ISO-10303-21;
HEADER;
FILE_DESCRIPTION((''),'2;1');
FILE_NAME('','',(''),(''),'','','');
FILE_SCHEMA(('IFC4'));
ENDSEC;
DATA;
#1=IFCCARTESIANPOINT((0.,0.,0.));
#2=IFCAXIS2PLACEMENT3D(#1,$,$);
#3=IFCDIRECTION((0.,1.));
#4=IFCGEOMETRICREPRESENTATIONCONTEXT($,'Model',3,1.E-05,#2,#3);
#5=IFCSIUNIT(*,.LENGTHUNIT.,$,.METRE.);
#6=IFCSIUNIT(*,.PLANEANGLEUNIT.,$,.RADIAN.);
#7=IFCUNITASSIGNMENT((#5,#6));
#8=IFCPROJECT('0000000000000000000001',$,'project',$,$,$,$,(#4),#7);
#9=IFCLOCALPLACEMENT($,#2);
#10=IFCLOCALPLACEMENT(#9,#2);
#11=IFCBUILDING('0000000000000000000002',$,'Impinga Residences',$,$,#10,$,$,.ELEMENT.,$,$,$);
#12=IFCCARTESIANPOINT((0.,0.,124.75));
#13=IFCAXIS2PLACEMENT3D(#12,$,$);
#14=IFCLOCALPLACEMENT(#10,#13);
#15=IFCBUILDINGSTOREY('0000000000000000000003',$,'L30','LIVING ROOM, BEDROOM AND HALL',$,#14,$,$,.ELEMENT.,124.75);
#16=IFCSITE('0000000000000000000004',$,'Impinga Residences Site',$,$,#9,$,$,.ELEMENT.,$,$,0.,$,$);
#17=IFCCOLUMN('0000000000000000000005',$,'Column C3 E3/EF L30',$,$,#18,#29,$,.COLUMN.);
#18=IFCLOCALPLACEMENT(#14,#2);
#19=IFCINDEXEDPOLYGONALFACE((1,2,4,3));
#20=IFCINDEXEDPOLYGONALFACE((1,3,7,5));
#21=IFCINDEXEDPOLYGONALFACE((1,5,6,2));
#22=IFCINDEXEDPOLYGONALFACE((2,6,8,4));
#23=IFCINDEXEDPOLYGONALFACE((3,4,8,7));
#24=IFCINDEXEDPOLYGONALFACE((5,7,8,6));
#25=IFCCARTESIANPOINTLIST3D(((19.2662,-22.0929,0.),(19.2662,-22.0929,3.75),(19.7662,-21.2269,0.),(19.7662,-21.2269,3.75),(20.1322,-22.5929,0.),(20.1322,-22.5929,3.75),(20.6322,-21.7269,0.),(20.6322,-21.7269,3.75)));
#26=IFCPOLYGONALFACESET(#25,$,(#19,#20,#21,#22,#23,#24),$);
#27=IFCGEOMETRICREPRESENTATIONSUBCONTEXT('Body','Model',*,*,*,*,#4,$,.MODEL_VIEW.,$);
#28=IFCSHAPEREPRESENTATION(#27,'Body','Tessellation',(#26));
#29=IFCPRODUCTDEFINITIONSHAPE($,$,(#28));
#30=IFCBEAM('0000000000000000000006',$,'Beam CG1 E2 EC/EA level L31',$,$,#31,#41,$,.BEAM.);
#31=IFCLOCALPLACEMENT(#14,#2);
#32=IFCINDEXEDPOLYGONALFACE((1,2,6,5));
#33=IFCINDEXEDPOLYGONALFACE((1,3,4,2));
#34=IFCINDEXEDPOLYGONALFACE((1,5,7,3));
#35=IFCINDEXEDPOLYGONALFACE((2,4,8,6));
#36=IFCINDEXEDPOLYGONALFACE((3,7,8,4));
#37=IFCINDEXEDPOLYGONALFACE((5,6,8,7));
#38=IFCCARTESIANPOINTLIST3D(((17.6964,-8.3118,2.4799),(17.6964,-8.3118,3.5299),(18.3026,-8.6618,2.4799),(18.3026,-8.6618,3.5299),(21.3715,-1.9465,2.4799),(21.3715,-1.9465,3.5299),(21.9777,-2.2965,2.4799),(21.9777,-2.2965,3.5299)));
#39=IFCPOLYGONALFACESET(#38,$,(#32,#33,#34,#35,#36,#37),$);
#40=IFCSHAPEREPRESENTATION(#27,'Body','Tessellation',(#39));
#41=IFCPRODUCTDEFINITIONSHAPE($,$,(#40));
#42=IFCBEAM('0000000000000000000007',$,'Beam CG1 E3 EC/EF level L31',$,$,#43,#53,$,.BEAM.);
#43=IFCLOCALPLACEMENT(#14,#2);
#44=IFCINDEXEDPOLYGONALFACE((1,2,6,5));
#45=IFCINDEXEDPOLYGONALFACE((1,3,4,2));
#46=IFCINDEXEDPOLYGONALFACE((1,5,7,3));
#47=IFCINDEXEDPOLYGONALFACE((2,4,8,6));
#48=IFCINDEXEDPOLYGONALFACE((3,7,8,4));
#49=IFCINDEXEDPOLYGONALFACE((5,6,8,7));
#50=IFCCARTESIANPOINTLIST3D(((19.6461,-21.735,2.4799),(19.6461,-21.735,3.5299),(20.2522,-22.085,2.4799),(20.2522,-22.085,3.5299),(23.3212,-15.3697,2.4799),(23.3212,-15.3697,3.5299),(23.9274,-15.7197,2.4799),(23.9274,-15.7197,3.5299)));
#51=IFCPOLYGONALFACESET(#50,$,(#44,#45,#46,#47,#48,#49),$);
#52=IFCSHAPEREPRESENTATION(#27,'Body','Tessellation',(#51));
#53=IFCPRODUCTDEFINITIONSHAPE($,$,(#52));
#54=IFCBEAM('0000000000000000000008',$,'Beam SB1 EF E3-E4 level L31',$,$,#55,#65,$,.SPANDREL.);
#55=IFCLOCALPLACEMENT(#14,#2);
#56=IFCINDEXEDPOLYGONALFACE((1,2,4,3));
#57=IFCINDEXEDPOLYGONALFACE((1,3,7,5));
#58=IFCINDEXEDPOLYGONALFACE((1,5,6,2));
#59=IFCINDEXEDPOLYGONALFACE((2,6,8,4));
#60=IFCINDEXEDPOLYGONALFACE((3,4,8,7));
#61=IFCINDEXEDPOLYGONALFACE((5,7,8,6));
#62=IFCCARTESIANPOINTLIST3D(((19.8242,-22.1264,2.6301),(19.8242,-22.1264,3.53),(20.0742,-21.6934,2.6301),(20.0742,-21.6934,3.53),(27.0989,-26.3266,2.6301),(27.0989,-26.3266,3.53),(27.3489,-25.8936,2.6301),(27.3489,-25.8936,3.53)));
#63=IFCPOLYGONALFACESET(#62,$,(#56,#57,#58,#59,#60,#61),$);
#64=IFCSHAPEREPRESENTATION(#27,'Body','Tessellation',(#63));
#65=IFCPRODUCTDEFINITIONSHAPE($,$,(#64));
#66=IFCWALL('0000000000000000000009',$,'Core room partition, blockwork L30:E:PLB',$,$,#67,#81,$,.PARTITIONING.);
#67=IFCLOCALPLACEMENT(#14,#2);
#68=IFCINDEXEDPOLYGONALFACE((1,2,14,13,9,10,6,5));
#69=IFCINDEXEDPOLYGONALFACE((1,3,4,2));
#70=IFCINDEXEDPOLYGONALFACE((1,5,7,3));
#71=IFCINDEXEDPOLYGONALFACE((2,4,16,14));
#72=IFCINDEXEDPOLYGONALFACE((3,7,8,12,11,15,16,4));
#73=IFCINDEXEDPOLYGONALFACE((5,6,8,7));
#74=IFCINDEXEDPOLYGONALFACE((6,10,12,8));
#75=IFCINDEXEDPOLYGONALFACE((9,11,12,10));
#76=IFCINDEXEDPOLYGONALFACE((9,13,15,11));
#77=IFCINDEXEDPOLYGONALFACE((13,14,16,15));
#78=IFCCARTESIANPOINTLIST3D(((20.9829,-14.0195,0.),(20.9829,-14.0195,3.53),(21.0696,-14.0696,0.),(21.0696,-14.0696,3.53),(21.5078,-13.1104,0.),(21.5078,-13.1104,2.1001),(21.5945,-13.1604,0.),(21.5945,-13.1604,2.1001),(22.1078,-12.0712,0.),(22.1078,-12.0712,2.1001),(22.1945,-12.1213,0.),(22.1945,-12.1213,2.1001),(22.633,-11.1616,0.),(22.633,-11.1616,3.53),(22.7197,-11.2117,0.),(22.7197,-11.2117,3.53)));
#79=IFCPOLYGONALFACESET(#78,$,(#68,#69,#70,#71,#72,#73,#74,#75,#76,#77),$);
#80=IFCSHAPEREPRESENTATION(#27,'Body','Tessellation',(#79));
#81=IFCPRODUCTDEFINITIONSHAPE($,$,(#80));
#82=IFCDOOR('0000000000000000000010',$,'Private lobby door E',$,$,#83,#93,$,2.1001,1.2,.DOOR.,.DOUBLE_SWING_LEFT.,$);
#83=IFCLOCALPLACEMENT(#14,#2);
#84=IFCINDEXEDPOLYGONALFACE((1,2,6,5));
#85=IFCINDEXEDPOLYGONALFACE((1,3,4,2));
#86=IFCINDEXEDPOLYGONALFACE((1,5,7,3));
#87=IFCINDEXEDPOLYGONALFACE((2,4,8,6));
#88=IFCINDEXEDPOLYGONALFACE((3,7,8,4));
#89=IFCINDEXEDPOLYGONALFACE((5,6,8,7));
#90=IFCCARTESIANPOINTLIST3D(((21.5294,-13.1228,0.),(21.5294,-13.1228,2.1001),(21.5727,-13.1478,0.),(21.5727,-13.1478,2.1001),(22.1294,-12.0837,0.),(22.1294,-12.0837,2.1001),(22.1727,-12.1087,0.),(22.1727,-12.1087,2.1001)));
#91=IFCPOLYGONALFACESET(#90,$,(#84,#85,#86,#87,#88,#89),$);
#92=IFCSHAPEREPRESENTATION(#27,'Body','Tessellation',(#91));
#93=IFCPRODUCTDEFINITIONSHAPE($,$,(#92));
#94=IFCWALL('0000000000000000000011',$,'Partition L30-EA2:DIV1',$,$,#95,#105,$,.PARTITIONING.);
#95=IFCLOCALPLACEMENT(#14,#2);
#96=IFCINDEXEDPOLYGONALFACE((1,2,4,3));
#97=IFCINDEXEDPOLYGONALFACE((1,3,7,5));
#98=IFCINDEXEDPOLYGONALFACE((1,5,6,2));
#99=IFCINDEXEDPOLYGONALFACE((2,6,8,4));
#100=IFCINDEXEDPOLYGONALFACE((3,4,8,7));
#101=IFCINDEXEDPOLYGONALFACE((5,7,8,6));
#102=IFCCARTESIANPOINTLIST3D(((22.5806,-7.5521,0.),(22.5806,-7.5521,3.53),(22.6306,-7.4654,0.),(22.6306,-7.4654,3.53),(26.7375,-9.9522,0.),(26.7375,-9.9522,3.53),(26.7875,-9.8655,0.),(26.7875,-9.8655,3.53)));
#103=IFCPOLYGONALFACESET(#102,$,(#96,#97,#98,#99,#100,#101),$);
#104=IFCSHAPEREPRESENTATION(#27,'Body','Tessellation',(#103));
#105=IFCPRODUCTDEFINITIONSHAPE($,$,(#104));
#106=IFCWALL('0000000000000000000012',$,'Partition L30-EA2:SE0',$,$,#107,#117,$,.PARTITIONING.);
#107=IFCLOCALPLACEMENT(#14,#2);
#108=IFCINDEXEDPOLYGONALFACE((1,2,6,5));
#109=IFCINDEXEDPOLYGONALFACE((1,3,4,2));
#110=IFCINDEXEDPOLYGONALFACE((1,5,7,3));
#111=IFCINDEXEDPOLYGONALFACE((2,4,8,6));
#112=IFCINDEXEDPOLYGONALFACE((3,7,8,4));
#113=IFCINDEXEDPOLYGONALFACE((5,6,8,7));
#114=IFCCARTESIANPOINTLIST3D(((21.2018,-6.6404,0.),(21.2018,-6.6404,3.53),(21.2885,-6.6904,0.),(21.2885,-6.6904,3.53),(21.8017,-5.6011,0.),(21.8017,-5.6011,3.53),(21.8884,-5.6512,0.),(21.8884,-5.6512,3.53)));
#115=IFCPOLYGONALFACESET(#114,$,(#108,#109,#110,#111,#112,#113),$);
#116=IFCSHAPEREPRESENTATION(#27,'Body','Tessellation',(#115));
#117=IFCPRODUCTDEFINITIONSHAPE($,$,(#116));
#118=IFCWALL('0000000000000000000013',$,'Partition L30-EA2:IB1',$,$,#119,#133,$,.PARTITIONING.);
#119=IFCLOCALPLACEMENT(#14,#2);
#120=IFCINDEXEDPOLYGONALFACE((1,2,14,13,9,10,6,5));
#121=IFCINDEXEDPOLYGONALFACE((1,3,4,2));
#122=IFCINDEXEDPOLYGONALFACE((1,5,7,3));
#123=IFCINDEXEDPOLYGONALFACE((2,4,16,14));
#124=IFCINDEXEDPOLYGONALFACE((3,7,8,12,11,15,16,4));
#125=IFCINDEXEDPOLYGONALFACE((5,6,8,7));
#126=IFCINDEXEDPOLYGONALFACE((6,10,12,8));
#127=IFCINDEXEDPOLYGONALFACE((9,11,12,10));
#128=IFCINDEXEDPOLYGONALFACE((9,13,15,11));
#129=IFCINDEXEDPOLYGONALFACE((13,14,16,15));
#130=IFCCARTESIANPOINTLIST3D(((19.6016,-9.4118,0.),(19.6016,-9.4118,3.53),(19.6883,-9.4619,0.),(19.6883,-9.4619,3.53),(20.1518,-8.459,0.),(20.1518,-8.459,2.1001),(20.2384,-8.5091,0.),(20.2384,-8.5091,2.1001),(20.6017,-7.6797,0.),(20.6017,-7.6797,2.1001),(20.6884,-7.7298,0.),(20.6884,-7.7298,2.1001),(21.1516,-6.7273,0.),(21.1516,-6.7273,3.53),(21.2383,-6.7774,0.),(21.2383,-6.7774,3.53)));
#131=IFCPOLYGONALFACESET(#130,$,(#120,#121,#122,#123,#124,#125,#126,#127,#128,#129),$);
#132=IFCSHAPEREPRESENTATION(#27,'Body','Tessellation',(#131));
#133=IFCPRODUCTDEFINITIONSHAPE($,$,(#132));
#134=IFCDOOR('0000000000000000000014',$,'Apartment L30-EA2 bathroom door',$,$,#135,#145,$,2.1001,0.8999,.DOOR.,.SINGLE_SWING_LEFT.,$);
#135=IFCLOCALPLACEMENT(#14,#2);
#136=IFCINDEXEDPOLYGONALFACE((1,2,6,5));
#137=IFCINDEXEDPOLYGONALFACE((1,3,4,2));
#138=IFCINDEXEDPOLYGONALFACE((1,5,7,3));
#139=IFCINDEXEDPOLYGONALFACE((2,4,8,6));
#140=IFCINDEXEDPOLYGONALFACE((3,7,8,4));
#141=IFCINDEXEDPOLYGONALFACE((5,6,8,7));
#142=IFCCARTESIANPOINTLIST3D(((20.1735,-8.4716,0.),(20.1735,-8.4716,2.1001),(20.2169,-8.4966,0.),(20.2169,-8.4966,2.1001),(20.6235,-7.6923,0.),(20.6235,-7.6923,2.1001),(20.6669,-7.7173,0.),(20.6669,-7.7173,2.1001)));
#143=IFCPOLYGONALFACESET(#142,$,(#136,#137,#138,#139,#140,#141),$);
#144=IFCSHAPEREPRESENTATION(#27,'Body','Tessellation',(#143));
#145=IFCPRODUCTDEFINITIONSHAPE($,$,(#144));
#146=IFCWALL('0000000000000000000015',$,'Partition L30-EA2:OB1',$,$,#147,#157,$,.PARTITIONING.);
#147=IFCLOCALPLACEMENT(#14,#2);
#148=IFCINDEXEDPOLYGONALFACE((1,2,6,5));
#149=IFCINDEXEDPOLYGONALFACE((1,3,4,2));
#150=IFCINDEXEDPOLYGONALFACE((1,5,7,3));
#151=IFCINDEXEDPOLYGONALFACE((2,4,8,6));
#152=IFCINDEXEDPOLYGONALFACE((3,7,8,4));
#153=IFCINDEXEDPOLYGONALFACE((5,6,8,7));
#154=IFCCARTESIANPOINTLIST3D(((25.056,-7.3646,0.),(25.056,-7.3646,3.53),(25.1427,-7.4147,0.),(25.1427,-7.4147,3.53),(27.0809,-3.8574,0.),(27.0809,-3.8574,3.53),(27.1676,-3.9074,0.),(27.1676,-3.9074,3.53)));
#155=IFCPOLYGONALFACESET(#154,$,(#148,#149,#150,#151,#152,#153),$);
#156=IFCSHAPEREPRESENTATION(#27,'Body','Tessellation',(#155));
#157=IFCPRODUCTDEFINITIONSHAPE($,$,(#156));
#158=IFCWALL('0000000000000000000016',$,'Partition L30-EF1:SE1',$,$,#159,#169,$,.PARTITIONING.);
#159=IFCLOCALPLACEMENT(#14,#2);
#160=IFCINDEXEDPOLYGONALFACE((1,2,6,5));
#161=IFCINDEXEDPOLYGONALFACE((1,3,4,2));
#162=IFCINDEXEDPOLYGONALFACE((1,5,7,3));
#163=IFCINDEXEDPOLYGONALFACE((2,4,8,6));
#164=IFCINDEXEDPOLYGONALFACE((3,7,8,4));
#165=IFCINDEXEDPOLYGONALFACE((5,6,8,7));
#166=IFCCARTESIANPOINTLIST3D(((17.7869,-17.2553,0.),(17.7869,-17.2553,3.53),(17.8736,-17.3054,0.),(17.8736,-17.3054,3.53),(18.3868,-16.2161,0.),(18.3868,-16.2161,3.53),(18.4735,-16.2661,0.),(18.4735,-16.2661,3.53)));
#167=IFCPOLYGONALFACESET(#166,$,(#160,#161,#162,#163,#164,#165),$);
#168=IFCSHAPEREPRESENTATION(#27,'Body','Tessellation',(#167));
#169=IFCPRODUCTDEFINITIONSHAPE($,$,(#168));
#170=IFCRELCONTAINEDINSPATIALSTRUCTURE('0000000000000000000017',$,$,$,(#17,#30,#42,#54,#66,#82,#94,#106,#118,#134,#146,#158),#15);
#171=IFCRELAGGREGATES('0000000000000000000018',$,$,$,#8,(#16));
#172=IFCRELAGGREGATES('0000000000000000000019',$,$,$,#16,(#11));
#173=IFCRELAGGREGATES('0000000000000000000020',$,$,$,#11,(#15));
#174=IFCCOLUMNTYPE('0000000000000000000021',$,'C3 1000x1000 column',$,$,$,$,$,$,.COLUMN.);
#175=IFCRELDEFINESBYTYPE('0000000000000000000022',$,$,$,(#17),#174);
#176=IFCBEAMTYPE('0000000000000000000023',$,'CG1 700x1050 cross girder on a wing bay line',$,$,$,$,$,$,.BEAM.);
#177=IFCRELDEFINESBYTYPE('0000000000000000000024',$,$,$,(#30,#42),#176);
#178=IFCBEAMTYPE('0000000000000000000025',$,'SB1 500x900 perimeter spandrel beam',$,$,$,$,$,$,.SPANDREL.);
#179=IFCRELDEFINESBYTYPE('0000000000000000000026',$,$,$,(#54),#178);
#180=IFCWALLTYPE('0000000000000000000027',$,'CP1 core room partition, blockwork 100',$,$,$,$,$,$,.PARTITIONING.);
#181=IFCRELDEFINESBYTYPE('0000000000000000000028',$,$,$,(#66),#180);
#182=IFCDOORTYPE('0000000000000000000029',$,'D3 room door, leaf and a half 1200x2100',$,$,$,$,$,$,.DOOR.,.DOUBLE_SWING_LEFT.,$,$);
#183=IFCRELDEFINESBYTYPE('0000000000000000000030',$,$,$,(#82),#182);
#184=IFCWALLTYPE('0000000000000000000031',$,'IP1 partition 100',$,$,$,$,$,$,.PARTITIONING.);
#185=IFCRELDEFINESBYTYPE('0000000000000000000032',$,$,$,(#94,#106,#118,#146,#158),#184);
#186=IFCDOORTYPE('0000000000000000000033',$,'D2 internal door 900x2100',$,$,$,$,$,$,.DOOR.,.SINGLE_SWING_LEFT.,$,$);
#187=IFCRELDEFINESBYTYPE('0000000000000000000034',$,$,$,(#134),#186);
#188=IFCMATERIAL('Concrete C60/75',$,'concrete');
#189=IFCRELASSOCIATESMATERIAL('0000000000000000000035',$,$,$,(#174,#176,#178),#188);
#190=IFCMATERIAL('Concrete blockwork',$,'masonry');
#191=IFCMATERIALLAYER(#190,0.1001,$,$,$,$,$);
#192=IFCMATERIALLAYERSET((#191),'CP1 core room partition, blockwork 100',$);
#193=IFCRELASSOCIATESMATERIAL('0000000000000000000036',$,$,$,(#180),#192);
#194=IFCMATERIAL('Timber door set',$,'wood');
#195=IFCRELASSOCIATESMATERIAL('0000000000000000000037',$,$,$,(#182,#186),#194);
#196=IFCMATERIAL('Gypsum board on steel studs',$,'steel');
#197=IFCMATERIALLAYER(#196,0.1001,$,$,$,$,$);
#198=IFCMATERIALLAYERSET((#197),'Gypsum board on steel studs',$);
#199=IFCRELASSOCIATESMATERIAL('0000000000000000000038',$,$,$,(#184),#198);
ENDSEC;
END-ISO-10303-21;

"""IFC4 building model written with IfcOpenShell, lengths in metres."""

from ifc_helpers import new_model, si_unit, direction, frame, frame_2d, origin, origin_2d, place, context, subcontext, project, spatial, rectangle, extrude, material, layer, layer_set, material_profile, profile_set, type_object, element, fill, save


model = new_model("IFC4")

# Units and contexts
model_context = context("Model", 3, precision=1e-05, world=origin(), true_north=direction((0.0, 1.0)))
body_context = subcontext(model_context, "Body", "Model", "MODEL_VIEW")
ifc_project = project(units=[si_unit("LENGTHUNIT", "METRE"), si_unit("PLANEANGLEUNIT", "RADIAN")], contexts=[model_context])

# Site, building, storey
site_placement = place(None, origin())
site = spatial("IfcSite", under=ifc_project, at=site_placement, Name="Impinga Residences Site", CompositionType="ELEMENT", RefElevation=0.0)
building_placement = place(site_placement, origin())
building = spatial("IfcBuilding", under=site, at=building_placement, Name="Impinga Residences", CompositionType="ELEMENT")
storey_placement = place(building_placement, frame((0.0, 0.0, 124.75)))
storey = spatial("IfcBuildingStorey", under=building, at=storey_placement, Name="L30", Description="LIVING ROOM, BEDROOM AND HALL", CompositionType="ELEMENT", Elevation=124.75)

# Column
ifc_material_1 = material(Name="Concrete C60/75", Category="concrete")
ifc_material_profile_1 = material_profile(ifc_material_1, rectangle(XDim=1.0, YDim=1.0, at=origin_2d()), Name="RC 1000x1000")
ifc_profile_set_1 = profile_set([ifc_material_profile_1], Name="Concrete C60/75")
column_type = type_object("IfcColumnType", Name="C3 1000x1000 column", PredefinedType="COLUMN", material=ifc_profile_set_1)
column_placement = place(storey_placement, frame((19.9492, -21.9099, 0.0), z_axis=(0.0, 0.0, 1.0), x_axis=(-0.5, -0.866025, 0.0)))
element("IfcColumn", 1, at=column_placement, inside=storey, type_object=column_type, Name="Column C3 E3/EF L30", PredefinedType="COLUMN", context=body_context, shape_type="SweptSolid", body=[
    extrude(rectangle(XDim=1.0, YDim=1.0, at=origin_2d()), origin(), (0.0, 0.0, 1.0), 3.75),
])

# Beams
ifc_material_profile_2 = material_profile(ifc_material_1, rectangle(XDim=0.7, YDim=1.05, at=origin_2d()), Name="RC 700x1050")
ifc_profile_set_2 = profile_set([ifc_material_profile_2], Name="Concrete C60/75")
beam_type_1 = type_object("IfcBeamType", Name="CG1 700x1050 cross girder on a wing bay line", PredefinedType="BEAM", material=ifc_profile_set_2)
for number, where, z_axis, x_axis, name in (
    (2, (17.9995, -8.4868, 3.0049), (0.500008, 0.866021, 0.0), (-0.866021, 0.500008, 0.0), "Beam CG1 E2 EC/EA level L31"),
    (3, (23.6243, -15.5447, 3.0049), (-0.500008, -0.866021, 0.0), (0.866021, -0.500008, 0.0), "Beam CG1 E3 EC/EF level L31"),
):
    element("IfcBeam", number, at=place(storey_placement, frame(where, z_axis=z_axis, x_axis=x_axis)), inside=storey, type_object=beam_type_1, Name=name, PredefinedType="BEAM", context=body_context, shape_type="SweptSolid", body=[
        extrude(rectangle(XDim=0.7, YDim=1.05, at=origin_2d()), origin(), (0.0, 0.0, 1.0), 7.3501),
    ])
ifc_material_profile_3 = material_profile(ifc_material_1, rectangle(XDim=0.5, YDim=0.8999, at=origin_2d()), Name="RC 500x900")
ifc_profile_set_3 = profile_set([ifc_material_profile_3], Name="Concrete C60/75")
beam_type_2 = type_object("IfcBeamType", Name="SB1 500x900 perimeter spandrel beam", PredefinedType="SPANDREL", material=ifc_profile_set_3)
beam_placement = place(storey_placement, frame((19.9492, -21.9099, 3.0801), z_axis=(0.866017, -0.500015, 0.0), x_axis=(0.500015, 0.866017, 0.0)))
element("IfcBeam", 4, at=beam_placement, inside=storey, type_object=beam_type_2, Name="Beam SB1 EF E3-E4 level L31", PredefinedType="SPANDREL", context=body_context, shape_type="SweptSolid", body=[
    extrude(rectangle(XDim=0.5, YDim=0.8999, at=origin_2d()), origin(), (0.0, 0.0, 1.0), 8.4001),
])

# Wall, opening, door
ifc_material_2 = material(Name="Concrete blockwork", Category="masonry")
ifc_layer_1 = layer(ifc_material_2, 0.1001)
ifc_layer_set_1 = layer_set([ifc_layer_1], Name="CP1 core room partition, blockwork 100")
wall_type_1 = type_object("IfcWallType", Name="CP1 core room partition, blockwork 100", PredefinedType="PARTITIONING", material=ifc_layer_set_1)
wall_1_placement = place(storey_placement, frame((22.6763, -11.1868, 0.0), z_axis=(0.0, 0.0, 1.0), x_axis=(-0.50003, -0.866008, 0.0)))
wall_1 = element("IfcWall", 5, at=wall_1_placement, inside=storey, type_object=wall_type_1, Name="Core room partition, blockwork L30:E:PLB", PredefinedType="PARTITIONING", context=body_context, shape_type="SweptSolid", body=[
    extrude(rectangle(XDim=3.3, YDim=0.1001, at=frame_2d((1.6499, 0.0))), origin(), (0.0, 0.0, 1.0), 3.53),
])
opening_1_placement = place(wall_1_placement, frame((1.05, 0.0, 0.0)))
opening_1 = element("IfcOpeningElement", 6, at=opening_1_placement, cuts=wall_1, PredefinedType="OPENING", context=body_context, shape_type="SweptSolid", body=[
    extrude(rectangle(XDim=1.2, YDim=2.1001, at=frame_2d((0.6001, 1.05))), frame((0.0, 0.0601, 0.0), z_axis=(0.0, -1.0, 0.0), x_axis=(1.0, 0.0, 0.0)), (0.0, 0.0, 1.0), 0.1201),
])
ifc_material_3 = material(Name="Timber door set", Category="wood")
door_type_1 = type_object("IfcDoorType", Name="D3 room door, leaf and a half 1200x2100", OperationType="DOUBLE_SWING_LEFT", PredefinedType="DOOR", material=ifc_material_3)
door_1_placement = place(opening_1_placement, origin())
door_1 = element("IfcDoor", 7, at=door_1_placement, inside=storey, type_object=door_type_1, Name="Private lobby door E", OperationType="DOUBLE_SWING_LEFT", OverallHeight=2.1001, OverallWidth=1.2, PredefinedType="DOOR", context=body_context, shape_type="SweptSolid", body=[
    extrude(rectangle(XDim=1.2, YDim=2.1001, at=frame_2d((0.6001, 1.05))), frame((0.0, 0.0249, 0.0), z_axis=(0.0, -1.0, 0.0), x_axis=(1.0, 0.0, 0.0)), (0.0, 0.0, 1.0), 0.05),
])
fill(opening_1, door_1)

# Walls
ifc_material_4 = material(Name="Gypsum board on steel studs", Category="steel")
ifc_layer_2 = layer(ifc_material_4, 0.1001)
ifc_layer_set_2 = layer_set([ifc_layer_2], Name="Gypsum board on steel studs")
wall_type_2 = type_object("IfcWallType", Name="IP1 partition 100", PredefinedType="PARTITIONING", material=ifc_layer_set_2)
wall_2_placement = place(storey_placement, frame((22.6057, -7.5088, 0.0), z_axis=(0.0, 0.0, 1.0), x_axis=(0.866015, -0.500017, 0.0)))
element("IfcWall", 8, at=wall_2_placement, inside=storey, type_object=wall_type_2, Name="Partition L30-EA2:DIV1", PredefinedType="PARTITIONING", context=body_context, shape_type="SweptSolid", body=[
    extrude(rectangle(XDim=4.8, YDim=0.1001, at=frame_2d((2.3999, 0.0))), origin(), (0.0, 0.0, 1.0), 3.53),
])
wall_3_placement = place(storey_placement, frame((21.2451, -6.6655, 0.0), z_axis=(0.0, 0.0, 1.0), x_axis=(0.499881, 0.866094, 0.0)))
element("IfcWall", 9, at=wall_3_placement, inside=storey, type_object=wall_type_2, Name="Partition L30-EA2:SE0", PredefinedType="PARTITIONING", context=body_context, shape_type="SweptSolid", body=[
    extrude(rectangle(XDim=1.2, YDim=0.1001, at=frame_2d((0.6001, 0.0))), origin(), (0.0, 0.0, 1.0), 3.53),
])

# Wall, opening, door
wall_4_placement = place(storey_placement, frame((19.645, -9.4368, 0.0), z_axis=(0.0, 0.0, 1.0), x_axis=(0.500027, 0.86601, 0.0)))
wall_4 = element("IfcWall", 10, at=wall_4_placement, inside=storey, type_object=wall_type_2, Name="Partition L30-EA2:IB1", PredefinedType="PARTITIONING", context=body_context, shape_type="SweptSolid", body=[
    extrude(rectangle(XDim=3.0999, YDim=0.1001, at=frame_2d((1.5498, 0.0))), origin(), (0.0, 0.0, 1.0), 3.53),
])
opening_2_placement = place(wall_4_placement, frame((1.1001, 0.0, 0.0)))
opening_2 = element("IfcOpeningElement", 11, at=opening_2_placement, cuts=wall_4, PredefinedType="OPENING", context=body_context, shape_type="SweptSolid", body=[
    extrude(rectangle(XDim=0.8999, YDim=2.1001, at=frame_2d((0.45, 1.05))), frame((0.0, 0.0601, 0.0), z_axis=(0.0, -1.0, 0.0), x_axis=(1.0, 0.0, 0.0)), (0.0, 0.0, 1.0), 0.1201),
])
door_type_2 = type_object("IfcDoorType", Name="D2 internal door 900x2100", OperationType="SINGLE_SWING_LEFT", PredefinedType="DOOR", material=ifc_material_3)
door_2_placement = place(opening_2_placement, origin())
door_2 = element("IfcDoor", 12, at=door_2_placement, inside=storey, type_object=door_type_2, Name="Apartment L30-EA2 bathroom door", OperationType="SINGLE_SWING_LEFT", OverallHeight=2.1001, OverallWidth=0.8999, PredefinedType="DOOR", context=body_context, shape_type="SweptSolid", body=[
    extrude(rectangle(XDim=0.8999, YDim=2.1001, at=frame_2d((0.45, 1.05))), frame((0.0, 0.0249, 0.0), z_axis=(0.0, -1.0, 0.0), x_axis=(1.0, 0.0, 0.0)), (0.0, 0.0, 1.0), 0.05),
])
fill(opening_2, door_2)

# Walls
wall_5_placement = place(storey_placement, frame((25.0994, -7.3896, 0.0), z_axis=(0.0, 0.0, 1.0), x_axis=(0.49999, 0.866031, 0.0)))
element("IfcWall", 13, at=wall_5_placement, inside=storey, type_object=wall_type_2, Name="Partition L30-EA2:OB1", PredefinedType="PARTITIONING", context=body_context, shape_type="SweptSolid", body=[
    extrude(rectangle(XDim=4.0498, YDim=0.1001, at=frame_2d((2.0249, 0.0))), origin(), (0.0, 0.0, 1.0), 3.53),
])
wall_6_placement = place(storey_placement, frame((18.4302, -16.241, 0.0), z_axis=(0.0, 0.0, 1.0), x_axis=(-0.499881, -0.866094, 0.0)))
element("IfcWall", 14, at=wall_6_placement, inside=storey, type_object=wall_type_2, Name="Partition L30-EF1:SE1", PredefinedType="PARTITIONING", context=body_context, shape_type="SweptSolid", body=[
    extrude(rectangle(XDim=1.2, YDim=0.1001, at=frame_2d((0.6001, 0.0))), origin(), (0.0, 0.0, 1.0), 3.53),
])

save(model, "model.ifc")
